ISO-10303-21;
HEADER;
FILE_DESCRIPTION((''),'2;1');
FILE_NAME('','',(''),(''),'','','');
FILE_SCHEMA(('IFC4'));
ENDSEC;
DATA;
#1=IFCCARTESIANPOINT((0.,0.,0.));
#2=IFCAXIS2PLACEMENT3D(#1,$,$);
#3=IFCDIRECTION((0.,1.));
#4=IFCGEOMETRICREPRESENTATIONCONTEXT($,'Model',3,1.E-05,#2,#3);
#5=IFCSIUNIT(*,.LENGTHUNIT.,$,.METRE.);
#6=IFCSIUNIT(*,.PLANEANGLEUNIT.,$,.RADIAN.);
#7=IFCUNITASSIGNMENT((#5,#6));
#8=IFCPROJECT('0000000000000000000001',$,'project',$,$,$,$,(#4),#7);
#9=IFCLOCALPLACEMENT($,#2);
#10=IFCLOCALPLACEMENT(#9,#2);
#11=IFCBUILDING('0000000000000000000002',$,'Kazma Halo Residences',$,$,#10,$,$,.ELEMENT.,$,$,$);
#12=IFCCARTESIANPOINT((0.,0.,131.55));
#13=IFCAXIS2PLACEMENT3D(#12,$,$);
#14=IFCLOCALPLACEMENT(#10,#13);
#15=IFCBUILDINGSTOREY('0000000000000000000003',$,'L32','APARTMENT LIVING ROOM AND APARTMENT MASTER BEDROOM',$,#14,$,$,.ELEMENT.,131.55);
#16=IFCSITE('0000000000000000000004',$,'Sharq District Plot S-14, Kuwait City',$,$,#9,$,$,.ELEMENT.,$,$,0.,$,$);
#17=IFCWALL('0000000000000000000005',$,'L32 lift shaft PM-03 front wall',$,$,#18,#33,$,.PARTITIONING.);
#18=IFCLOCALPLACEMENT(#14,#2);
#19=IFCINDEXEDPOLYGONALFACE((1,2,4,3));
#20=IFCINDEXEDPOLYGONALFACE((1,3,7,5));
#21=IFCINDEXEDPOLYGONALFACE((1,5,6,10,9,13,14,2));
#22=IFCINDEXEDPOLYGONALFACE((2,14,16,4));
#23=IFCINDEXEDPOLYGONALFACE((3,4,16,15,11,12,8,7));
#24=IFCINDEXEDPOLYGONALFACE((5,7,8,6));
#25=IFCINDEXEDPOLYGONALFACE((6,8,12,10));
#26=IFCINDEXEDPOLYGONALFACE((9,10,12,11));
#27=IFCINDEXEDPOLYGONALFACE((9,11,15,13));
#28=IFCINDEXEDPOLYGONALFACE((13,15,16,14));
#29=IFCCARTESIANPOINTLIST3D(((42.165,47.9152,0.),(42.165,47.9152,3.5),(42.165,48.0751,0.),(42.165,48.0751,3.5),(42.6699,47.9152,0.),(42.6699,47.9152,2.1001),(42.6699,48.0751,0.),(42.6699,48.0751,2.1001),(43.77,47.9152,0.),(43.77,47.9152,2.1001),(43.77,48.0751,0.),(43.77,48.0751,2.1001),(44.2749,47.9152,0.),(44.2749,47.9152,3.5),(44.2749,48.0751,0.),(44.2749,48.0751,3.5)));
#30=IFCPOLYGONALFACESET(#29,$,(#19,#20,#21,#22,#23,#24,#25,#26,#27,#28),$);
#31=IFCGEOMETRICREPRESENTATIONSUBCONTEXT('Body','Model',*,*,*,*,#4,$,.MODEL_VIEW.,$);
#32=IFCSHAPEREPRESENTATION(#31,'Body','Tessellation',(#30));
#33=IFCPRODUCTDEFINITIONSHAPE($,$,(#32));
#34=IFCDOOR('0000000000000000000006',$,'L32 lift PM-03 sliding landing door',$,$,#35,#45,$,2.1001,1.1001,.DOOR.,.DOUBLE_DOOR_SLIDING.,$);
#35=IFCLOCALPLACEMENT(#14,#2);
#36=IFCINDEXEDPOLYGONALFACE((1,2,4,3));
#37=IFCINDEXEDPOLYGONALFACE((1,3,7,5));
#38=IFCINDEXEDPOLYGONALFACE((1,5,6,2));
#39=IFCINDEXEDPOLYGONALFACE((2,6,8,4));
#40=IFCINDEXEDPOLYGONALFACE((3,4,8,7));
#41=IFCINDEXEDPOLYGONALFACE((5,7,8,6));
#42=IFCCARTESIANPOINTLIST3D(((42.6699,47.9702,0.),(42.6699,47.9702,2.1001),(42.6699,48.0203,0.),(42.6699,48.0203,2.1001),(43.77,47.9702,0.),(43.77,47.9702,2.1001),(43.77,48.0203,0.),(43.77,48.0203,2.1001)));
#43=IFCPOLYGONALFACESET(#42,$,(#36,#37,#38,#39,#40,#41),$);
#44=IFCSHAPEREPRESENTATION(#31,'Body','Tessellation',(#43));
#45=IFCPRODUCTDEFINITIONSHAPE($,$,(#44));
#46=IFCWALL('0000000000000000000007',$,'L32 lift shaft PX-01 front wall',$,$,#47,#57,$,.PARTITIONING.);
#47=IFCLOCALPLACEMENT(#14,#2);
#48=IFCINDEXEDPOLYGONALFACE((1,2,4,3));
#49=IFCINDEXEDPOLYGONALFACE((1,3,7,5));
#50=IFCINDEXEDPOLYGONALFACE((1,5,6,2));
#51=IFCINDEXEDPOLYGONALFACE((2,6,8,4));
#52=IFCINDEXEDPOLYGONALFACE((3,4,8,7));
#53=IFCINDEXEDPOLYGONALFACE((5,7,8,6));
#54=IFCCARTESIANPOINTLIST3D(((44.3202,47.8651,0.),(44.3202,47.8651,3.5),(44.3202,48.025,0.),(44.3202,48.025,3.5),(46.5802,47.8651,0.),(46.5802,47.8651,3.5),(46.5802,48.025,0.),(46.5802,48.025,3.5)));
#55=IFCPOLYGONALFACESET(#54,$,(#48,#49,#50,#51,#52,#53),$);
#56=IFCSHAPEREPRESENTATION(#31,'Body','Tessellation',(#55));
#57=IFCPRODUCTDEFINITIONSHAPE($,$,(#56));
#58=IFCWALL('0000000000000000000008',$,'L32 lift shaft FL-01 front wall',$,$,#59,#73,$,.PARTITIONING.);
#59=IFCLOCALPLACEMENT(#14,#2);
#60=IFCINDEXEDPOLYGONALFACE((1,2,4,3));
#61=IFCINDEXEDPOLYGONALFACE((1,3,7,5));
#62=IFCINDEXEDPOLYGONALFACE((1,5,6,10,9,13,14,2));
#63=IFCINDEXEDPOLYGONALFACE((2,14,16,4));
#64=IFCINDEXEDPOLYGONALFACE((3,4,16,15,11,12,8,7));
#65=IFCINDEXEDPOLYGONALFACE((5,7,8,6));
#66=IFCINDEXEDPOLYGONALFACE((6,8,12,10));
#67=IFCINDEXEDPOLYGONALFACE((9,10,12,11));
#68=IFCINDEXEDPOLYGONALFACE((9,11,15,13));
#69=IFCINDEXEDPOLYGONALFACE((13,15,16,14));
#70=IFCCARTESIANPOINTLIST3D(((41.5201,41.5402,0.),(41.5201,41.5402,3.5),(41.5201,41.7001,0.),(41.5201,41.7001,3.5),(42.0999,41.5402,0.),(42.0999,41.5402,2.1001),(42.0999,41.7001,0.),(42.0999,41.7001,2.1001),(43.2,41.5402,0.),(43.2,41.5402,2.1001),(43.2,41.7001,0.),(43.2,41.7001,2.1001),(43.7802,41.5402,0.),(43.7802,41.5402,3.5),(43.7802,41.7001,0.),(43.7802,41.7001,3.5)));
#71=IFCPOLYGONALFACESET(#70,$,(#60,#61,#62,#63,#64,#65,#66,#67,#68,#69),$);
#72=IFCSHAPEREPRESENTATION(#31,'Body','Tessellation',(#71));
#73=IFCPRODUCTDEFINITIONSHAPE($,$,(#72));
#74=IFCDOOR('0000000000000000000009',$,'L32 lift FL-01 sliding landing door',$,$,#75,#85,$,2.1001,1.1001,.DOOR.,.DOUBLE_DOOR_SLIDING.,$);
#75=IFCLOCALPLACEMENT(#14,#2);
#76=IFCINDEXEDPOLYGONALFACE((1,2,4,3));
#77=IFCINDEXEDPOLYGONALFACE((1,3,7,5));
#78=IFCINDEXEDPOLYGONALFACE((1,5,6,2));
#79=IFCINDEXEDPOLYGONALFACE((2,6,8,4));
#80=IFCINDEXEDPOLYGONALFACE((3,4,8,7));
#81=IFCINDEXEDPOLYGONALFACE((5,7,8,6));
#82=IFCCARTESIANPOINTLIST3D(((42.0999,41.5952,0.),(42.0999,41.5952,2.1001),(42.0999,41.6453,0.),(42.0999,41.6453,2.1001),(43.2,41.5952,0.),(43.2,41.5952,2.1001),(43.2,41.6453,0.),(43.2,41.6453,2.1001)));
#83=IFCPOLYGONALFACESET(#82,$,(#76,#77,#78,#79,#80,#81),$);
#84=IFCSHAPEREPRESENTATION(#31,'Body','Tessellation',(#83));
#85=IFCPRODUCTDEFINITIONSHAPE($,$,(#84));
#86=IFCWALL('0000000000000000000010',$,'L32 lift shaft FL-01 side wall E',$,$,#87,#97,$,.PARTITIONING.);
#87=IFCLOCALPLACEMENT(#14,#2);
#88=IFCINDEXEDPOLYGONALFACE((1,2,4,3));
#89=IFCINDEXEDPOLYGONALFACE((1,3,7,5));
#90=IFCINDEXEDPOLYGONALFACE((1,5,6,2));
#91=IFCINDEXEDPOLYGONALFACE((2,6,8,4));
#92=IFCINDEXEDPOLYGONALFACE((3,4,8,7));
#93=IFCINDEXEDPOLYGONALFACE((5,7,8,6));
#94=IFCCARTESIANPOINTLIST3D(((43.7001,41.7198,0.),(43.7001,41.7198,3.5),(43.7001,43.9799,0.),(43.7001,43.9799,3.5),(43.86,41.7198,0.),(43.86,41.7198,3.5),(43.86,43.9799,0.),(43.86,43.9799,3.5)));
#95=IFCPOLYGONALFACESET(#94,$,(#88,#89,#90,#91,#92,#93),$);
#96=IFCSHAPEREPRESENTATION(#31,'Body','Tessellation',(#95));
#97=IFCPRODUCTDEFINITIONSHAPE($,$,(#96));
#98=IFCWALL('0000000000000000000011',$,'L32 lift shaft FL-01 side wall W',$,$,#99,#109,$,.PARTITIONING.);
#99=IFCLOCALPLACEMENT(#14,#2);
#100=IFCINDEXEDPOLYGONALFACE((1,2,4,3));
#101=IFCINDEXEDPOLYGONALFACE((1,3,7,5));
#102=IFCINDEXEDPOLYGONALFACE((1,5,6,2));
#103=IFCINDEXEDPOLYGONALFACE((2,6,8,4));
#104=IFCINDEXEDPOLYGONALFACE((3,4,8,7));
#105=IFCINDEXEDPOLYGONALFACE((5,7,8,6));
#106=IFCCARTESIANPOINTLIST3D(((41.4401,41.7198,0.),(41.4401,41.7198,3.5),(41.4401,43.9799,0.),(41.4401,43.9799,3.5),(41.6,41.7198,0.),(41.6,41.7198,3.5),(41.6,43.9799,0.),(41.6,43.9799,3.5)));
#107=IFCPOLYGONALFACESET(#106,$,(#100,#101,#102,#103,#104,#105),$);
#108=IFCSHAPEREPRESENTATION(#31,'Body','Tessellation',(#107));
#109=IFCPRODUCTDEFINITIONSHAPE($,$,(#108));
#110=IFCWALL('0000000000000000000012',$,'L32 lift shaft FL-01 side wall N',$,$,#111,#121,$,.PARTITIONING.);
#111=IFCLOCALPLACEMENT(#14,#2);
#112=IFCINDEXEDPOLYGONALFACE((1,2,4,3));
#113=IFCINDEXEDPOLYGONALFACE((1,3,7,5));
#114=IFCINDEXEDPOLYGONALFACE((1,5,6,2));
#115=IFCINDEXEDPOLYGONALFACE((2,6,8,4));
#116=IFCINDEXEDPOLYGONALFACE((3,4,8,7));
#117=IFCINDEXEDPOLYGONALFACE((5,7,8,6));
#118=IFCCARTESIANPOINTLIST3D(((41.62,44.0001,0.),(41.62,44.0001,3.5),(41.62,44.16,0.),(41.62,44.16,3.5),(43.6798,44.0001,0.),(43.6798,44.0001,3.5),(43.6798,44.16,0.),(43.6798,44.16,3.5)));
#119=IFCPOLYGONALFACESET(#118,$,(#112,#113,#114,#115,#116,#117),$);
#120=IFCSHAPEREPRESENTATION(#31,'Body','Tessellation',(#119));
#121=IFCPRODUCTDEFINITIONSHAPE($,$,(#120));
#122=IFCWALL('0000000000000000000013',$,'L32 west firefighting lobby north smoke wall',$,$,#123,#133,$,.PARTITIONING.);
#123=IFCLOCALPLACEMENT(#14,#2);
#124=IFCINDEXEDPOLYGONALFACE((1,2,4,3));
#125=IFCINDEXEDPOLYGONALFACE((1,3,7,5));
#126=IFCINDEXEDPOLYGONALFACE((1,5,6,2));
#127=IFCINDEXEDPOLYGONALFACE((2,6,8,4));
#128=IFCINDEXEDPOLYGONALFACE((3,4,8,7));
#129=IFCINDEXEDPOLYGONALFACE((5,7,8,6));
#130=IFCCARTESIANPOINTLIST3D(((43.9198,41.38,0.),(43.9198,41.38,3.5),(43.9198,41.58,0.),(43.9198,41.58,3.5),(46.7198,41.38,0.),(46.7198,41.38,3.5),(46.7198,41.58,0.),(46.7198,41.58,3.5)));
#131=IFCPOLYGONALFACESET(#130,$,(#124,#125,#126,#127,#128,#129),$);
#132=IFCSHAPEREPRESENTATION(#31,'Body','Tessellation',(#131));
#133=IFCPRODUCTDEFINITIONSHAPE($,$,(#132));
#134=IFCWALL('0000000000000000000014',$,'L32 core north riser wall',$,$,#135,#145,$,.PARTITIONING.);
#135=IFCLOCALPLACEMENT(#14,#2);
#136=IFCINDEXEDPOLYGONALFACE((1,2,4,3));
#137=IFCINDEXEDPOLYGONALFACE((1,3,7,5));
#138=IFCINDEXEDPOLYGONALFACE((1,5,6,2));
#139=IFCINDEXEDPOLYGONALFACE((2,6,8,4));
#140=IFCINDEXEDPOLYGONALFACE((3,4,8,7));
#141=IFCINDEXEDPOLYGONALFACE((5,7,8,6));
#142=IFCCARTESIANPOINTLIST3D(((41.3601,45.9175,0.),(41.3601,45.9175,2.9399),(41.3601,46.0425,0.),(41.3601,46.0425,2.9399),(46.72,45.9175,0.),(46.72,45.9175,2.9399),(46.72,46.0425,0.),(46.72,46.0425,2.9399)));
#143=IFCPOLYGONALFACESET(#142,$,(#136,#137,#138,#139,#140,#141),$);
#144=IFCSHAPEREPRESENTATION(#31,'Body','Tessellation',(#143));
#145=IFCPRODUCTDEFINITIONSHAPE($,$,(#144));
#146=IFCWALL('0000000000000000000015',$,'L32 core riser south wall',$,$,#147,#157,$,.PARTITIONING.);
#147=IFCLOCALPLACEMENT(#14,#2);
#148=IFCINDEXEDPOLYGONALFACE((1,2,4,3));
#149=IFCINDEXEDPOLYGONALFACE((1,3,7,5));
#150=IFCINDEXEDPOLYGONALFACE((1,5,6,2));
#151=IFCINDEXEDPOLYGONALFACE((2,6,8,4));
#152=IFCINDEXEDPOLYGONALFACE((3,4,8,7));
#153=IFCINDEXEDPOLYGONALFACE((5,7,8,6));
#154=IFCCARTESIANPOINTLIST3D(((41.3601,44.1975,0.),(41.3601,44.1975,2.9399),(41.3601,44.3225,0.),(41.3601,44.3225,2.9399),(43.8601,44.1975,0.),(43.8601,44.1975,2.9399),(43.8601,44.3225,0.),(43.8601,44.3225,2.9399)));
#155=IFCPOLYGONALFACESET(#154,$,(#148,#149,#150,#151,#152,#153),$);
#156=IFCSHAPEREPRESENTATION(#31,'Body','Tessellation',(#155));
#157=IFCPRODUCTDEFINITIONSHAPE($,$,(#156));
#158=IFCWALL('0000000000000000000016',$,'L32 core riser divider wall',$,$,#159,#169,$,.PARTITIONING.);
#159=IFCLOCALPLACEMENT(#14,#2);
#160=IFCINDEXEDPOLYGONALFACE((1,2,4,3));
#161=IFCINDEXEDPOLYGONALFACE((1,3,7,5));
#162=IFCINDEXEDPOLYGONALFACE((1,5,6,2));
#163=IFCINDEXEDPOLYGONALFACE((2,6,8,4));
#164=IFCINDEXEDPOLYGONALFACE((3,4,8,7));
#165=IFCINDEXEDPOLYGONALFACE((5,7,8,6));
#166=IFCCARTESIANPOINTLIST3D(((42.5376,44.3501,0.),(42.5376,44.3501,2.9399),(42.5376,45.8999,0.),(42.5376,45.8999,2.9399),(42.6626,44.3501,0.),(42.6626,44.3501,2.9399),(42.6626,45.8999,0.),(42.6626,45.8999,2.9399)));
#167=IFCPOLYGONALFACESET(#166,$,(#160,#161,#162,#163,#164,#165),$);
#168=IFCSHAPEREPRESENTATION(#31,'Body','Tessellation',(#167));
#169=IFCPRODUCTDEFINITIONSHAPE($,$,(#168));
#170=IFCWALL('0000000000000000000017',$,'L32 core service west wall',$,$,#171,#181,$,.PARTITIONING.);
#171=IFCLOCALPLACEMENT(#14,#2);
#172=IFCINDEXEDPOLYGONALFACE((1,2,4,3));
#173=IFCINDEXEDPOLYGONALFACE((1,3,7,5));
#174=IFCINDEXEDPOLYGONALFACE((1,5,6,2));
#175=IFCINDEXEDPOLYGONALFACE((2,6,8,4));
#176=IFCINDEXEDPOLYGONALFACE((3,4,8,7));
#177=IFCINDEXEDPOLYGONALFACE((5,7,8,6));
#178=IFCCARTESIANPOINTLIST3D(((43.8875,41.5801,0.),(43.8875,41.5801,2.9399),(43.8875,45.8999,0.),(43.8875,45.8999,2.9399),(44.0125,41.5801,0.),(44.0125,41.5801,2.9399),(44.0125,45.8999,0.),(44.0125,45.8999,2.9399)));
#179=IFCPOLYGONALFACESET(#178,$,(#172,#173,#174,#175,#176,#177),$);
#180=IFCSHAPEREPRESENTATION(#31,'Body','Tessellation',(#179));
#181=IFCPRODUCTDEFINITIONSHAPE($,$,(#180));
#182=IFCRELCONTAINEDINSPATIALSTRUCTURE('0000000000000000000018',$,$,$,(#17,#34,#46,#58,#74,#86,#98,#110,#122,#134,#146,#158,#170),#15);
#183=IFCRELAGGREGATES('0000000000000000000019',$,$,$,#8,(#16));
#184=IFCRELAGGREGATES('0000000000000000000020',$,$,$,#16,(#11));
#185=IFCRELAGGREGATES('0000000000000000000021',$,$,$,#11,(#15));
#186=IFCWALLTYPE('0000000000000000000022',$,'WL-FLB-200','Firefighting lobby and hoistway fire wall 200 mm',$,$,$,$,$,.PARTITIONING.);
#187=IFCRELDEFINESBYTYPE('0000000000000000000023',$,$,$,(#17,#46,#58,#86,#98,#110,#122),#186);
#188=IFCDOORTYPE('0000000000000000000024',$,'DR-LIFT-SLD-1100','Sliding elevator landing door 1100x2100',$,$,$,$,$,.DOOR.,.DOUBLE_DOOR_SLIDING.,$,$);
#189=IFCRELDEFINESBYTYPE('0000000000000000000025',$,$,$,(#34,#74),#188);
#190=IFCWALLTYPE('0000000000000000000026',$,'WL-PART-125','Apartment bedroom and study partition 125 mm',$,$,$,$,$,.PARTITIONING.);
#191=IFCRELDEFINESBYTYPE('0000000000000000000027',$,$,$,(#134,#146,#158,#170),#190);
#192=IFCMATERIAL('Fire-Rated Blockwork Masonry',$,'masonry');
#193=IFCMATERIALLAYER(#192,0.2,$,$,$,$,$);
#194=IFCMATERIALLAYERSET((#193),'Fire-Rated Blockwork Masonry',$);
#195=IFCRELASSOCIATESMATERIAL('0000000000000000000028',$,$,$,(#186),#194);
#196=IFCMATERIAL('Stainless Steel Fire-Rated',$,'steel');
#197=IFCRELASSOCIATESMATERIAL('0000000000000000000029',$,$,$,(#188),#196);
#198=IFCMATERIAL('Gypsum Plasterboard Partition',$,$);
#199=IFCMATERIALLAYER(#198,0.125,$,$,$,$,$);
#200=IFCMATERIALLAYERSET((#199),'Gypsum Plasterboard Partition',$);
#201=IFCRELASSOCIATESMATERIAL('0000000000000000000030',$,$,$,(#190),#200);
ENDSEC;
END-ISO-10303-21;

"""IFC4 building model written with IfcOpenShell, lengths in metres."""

from ifc_helpers import new_model, si_unit, direction, frame, frame_2d, origin, place, context, subcontext, project, spatial, rectangle, extrude, material, layer, layer_set, type_object, element, fill, save


model = new_model("IFC4")

# Units and contexts
model_context = context("Model", 3, precision=1e-05, world=origin(), true_north=direction((0.0, 1.0)))
body_context = subcontext(model_context, "Body", "Model", "MODEL_VIEW")
ifc_project = project(units=[si_unit("LENGTHUNIT", "METRE"), si_unit("PLANEANGLEUNIT", "RADIAN")], contexts=[model_context])

# Site, building, storey
site_placement = place(None, origin())
site = spatial("IfcSite", under=ifc_project, at=site_placement, Name="Sharq District Plot S-14, Kuwait City", CompositionType="ELEMENT", RefElevation=0.0)
building_placement = place(site_placement, origin())
building = spatial("IfcBuilding", under=site, at=building_placement, Name="Kazma Halo Residences", CompositionType="ELEMENT")
storey_placement = place(building_placement, frame((0.0, 0.0, 131.55)))
storey = spatial("IfcBuildingStorey", under=building, at=storey_placement, Name="L32", Description="APARTMENT LIVING ROOM AND APARTMENT MASTER BEDROOM", CompositionType="ELEMENT", Elevation=131.55)

# Wall, opening, door
ifc_material_1 = material(Name="Fire-Rated Blockwork Masonry", Category="masonry")
ifc_layer_1 = layer(ifc_material_1, 0.2)
ifc_layer_set_1 = layer_set([ifc_layer_1], Name="Fire-Rated Blockwork Masonry")
wall_type_1 = type_object("IfcWallType", Name="WL-FLB-200", Description="Firefighting lobby and hoistway fire wall 200 mm", PredefinedType="PARTITIONING", material=ifc_layer_set_1)
ifc_material_2 = material(Name="Stainless Steel Fire-Rated", Category="steel")
door_type = type_object("IfcDoorType", Name="DR-LIFT-SLD-1100", Description="Sliding elevator landing door 1100x2100", OperationType="DOUBLE_DOOR_SLIDING", PredefinedType="DOOR", material=ifc_material_2)
wall_1_placement = place(storey_placement, frame((44.2749, 47.9951, 0.0), z_axis=(0.0, 0.0, 1.0), x_axis=(-1.0, 0.0, 0.0)))
wall_1 = element("IfcWall", 1, at=wall_1_placement, inside=storey, type_object=wall_type_1, Name="L32 lift shaft PM-03 front wall", PredefinedType="PARTITIONING", context=body_context, shape_type="SweptSolid", body=[
    extrude(rectangle(XDim=2.1099, YDim=0.1599, at=frame_2d((1.0549, 0.0))), origin(), (0.0, 0.0, 1.0), 3.5),
])
opening_1_placement = place(wall_1_placement, frame((0.5049, 0.0, 0.0)))
opening_1 = element("IfcOpeningElement", 2, at=opening_1_placement, cuts=wall_1, PredefinedType="OPENING", context=body_context, shape_type="SweptSolid", body=[
    extrude(rectangle(XDim=1.1001, YDim=2.1001, at=frame_2d((0.55, 1.05))), frame((0.0, 0.0898, 0.0), z_axis=(0.0, -1.0, 0.0), x_axis=(1.0, 0.0, 0.0)), (0.0, 0.0, 1.0), 0.1799),
])
door_1_placement = place(opening_1_placement, origin())
door_1 = element("IfcDoor", 3, at=door_1_placement, inside=storey, type_object=door_type, Name="L32 lift PM-03 sliding landing door", OperationType="DOUBLE_DOOR_SLIDING", OverallHeight=2.1001, OverallWidth=1.1001, PredefinedType="DOOR", context=body_context, shape_type="SweptSolid", body=[
    extrude(rectangle(XDim=1.1001, YDim=2.1001, at=frame_2d((0.55, 1.05))), frame((0.0, 0.0249, 0.0), z_axis=(0.0, -1.0, 0.0), x_axis=(1.0, 0.0, 0.0)), (0.0, 0.0, 1.0), 0.05),
])
fill(opening_1, door_1)

# Wall
wall_2_placement = place(storey_placement, frame((46.5801, 47.9451, 0.0), z_axis=(0.0, 0.0, 1.0), x_axis=(-1.0, 0.0, 0.0)))
element("IfcWall", 4, at=wall_2_placement, inside=storey, type_object=wall_type_1, Name="L32 lift shaft PX-01 front wall", PredefinedType="PARTITIONING", context=body_context, shape_type="SweptSolid", body=[
    extrude(rectangle(XDim=2.26, YDim=0.1599, at=frame_2d((1.1299, 0.0))), origin(), (0.0, 0.0, 1.0), 3.5),
])

# Wall, opening, door
wall_3_placement = place(storey_placement, frame((43.78, 41.6201, 0.0), z_axis=(0.0, 0.0, 1.0), x_axis=(-1.0, 0.0, 0.0)))
wall_3 = element("IfcWall", 5, at=wall_3_placement, inside=storey, type_object=wall_type_1, Name="L32 lift shaft FL-01 front wall", PredefinedType="PARTITIONING", context=body_context, shape_type="SweptSolid", body=[
    extrude(rectangle(XDim=2.26, YDim=0.1599, at=frame_2d((1.1299, 0.0))), origin(), (0.0, 0.0, 1.0), 3.5),
])
opening_2_placement = place(wall_3_placement, frame((0.5801, 0.0, 0.0)))
opening_2 = element("IfcOpeningElement", 6, at=opening_2_placement, cuts=wall_3, PredefinedType="OPENING", context=body_context, shape_type="SweptSolid", body=[
    extrude(rectangle(XDim=1.1001, YDim=2.1001, at=frame_2d((0.55, 1.05))), frame((0.0, 0.0898, 0.0), z_axis=(0.0, -1.0, 0.0), x_axis=(1.0, 0.0, 0.0)), (0.0, 0.0, 1.0), 0.1799),
])
door_2_placement = place(opening_2_placement, origin())
door_2 = element("IfcDoor", 7, at=door_2_placement, inside=storey, type_object=door_type, Name="L32 lift FL-01 sliding landing door", OperationType="DOUBLE_DOOR_SLIDING", OverallHeight=2.1001, OverallWidth=1.1001, PredefinedType="DOOR", context=body_context, shape_type="SweptSolid", body=[
    extrude(rectangle(XDim=1.1001, YDim=2.1001, at=frame_2d((0.55, 1.05))), frame((0.0, 0.0249, 0.0), z_axis=(0.0, -1.0, 0.0), x_axis=(1.0, 0.0, 0.0)), (0.0, 0.0, 1.0), 0.05),
])
fill(opening_2, door_2)

# Walls
for number, where, z_axis, x_axis, name in (
    (8, (43.78, 41.72, 0.0), (0.0, 0.0, 1.0), (0.0, 1.0, 0.0), "L32 lift shaft FL-01 side wall E"),
    (9, (41.52, 41.72, 0.0), (0.0, 0.0, 1.0), (0.0, 1.0, 0.0), "L32 lift shaft FL-01 side wall W"),
):
    element("IfcWall", number, at=place(storey_placement, frame(where, z_axis=z_axis, x_axis=x_axis)), inside=storey, type_object=wall_type_1, Name=name, PredefinedType="PARTITIONING", context=body_context, shape_type="SweptSolid", body=[
        extrude(rectangle(XDim=2.26, YDim=0.1599, at=frame_2d((1.1299, 0.0))), origin(), (0.0, 0.0, 1.0), 3.5),
    ])
wall_4_placement = place(storey_placement, frame((41.6201, 44.0801, 0.0), z_axis=(0.0, 0.0, 1.0), x_axis=(1.0, 0.0, 0.0)))
element("IfcWall", 10, at=wall_4_placement, inside=storey, type_object=wall_type_1, Name="L32 lift shaft FL-01 side wall N", PredefinedType="PARTITIONING", context=body_context, shape_type="SweptSolid", body=[
    extrude(rectangle(XDim=2.0598, YDim=0.1599, at=frame_2d((1.0298, 0.0))), origin(), (0.0, 0.0, 1.0), 3.5),
])
wall_5_placement = place(storey_placement, frame((43.9199, 41.48, 0.0), z_axis=(0.0, 0.0, 1.0), x_axis=(1.0, 0.0, 0.0)))
element("IfcWall", 11, at=wall_5_placement, inside=storey, type_object=wall_type_1, Name="L32 west firefighting lobby north smoke wall", PredefinedType="PARTITIONING", context=body_context, shape_type="SweptSolid", body=[
    extrude(rectangle(XDim=2.8, YDim=0.2, at=frame_2d((1.3999, 0.0))), origin(), (0.0, 0.0, 1.0), 3.5),
])
ifc_material_3 = material(Name="Gypsum Plasterboard Partition")
ifc_layer_2 = layer(ifc_material_3, 0.125)
ifc_layer_set_2 = layer_set([ifc_layer_2], Name="Gypsum Plasterboard Partition")
wall_type_2 = type_object("IfcWallType", Name="WL-PART-125", Description="Apartment bedroom and study partition 125 mm", PredefinedType="PARTITIONING", material=ifc_layer_set_2)
wall_6_placement = place(storey_placement, frame((41.3601, 45.98, 0.0), z_axis=(0.0, 0.0, 1.0), x_axis=(1.0, 0.0, 0.0)))
element("IfcWall", 12, at=wall_6_placement, inside=storey, type_object=wall_type_2, Name="L32 core north riser wall", PredefinedType="PARTITIONING", context=body_context, shape_type="SweptSolid", body=[
    extrude(rectangle(XDim=5.3599, YDim=0.125, at=frame_2d((2.6799, 0.0))), origin(), (0.0, 0.0, 1.0), 2.9399),
])
wall_7_placement = place(storey_placement, frame((41.3601, 44.26, 0.0), z_axis=(0.0, 0.0, 1.0), x_axis=(1.0, 0.0, 0.0)))
element("IfcWall", 13, at=wall_7_placement, inside=storey, type_object=wall_type_2, Name="L32 core riser south wall", PredefinedType="PARTITIONING", context=body_context, shape_type="SweptSolid", body=[
    extrude(rectangle(XDim=2.5, YDim=0.125, at=frame_2d((1.25, 0.0))), origin(), (0.0, 0.0, 1.0), 2.9399),
])
wall_8_placement = place(storey_placement, frame((42.6001, 44.3501, 0.0), z_axis=(0.0, 0.0, 1.0), x_axis=(0.0, 1.0, 0.0)))
element("IfcWall", 14, at=wall_8_placement, inside=storey, type_object=wall_type_2, Name="L32 core riser divider wall", PredefinedType="PARTITIONING", context=body_context, shape_type="SweptSolid", body=[
    extrude(rectangle(XDim=1.5498, YDim=0.125, at=frame_2d((0.7749, 0.0))), origin(), (0.0, 0.0, 1.0), 2.9399),
])
wall_9_placement = place(storey_placement, frame((43.95, 41.5801, 0.0), z_axis=(0.0, 0.0, 1.0), x_axis=(0.0, 1.0, 0.0)))
element("IfcWall", 15, at=wall_9_placement, inside=storey, type_object=wall_type_2, Name="L32 core service west wall", PredefinedType="PARTITIONING", context=body_context, shape_type="SweptSolid", body=[
    extrude(rectangle(XDim=4.3198, YDim=0.125, at=frame_2d((2.1599, 0.0))), origin(), (0.0, 0.0, 1.0), 2.9399),
])

save(model, "model.ifc")
